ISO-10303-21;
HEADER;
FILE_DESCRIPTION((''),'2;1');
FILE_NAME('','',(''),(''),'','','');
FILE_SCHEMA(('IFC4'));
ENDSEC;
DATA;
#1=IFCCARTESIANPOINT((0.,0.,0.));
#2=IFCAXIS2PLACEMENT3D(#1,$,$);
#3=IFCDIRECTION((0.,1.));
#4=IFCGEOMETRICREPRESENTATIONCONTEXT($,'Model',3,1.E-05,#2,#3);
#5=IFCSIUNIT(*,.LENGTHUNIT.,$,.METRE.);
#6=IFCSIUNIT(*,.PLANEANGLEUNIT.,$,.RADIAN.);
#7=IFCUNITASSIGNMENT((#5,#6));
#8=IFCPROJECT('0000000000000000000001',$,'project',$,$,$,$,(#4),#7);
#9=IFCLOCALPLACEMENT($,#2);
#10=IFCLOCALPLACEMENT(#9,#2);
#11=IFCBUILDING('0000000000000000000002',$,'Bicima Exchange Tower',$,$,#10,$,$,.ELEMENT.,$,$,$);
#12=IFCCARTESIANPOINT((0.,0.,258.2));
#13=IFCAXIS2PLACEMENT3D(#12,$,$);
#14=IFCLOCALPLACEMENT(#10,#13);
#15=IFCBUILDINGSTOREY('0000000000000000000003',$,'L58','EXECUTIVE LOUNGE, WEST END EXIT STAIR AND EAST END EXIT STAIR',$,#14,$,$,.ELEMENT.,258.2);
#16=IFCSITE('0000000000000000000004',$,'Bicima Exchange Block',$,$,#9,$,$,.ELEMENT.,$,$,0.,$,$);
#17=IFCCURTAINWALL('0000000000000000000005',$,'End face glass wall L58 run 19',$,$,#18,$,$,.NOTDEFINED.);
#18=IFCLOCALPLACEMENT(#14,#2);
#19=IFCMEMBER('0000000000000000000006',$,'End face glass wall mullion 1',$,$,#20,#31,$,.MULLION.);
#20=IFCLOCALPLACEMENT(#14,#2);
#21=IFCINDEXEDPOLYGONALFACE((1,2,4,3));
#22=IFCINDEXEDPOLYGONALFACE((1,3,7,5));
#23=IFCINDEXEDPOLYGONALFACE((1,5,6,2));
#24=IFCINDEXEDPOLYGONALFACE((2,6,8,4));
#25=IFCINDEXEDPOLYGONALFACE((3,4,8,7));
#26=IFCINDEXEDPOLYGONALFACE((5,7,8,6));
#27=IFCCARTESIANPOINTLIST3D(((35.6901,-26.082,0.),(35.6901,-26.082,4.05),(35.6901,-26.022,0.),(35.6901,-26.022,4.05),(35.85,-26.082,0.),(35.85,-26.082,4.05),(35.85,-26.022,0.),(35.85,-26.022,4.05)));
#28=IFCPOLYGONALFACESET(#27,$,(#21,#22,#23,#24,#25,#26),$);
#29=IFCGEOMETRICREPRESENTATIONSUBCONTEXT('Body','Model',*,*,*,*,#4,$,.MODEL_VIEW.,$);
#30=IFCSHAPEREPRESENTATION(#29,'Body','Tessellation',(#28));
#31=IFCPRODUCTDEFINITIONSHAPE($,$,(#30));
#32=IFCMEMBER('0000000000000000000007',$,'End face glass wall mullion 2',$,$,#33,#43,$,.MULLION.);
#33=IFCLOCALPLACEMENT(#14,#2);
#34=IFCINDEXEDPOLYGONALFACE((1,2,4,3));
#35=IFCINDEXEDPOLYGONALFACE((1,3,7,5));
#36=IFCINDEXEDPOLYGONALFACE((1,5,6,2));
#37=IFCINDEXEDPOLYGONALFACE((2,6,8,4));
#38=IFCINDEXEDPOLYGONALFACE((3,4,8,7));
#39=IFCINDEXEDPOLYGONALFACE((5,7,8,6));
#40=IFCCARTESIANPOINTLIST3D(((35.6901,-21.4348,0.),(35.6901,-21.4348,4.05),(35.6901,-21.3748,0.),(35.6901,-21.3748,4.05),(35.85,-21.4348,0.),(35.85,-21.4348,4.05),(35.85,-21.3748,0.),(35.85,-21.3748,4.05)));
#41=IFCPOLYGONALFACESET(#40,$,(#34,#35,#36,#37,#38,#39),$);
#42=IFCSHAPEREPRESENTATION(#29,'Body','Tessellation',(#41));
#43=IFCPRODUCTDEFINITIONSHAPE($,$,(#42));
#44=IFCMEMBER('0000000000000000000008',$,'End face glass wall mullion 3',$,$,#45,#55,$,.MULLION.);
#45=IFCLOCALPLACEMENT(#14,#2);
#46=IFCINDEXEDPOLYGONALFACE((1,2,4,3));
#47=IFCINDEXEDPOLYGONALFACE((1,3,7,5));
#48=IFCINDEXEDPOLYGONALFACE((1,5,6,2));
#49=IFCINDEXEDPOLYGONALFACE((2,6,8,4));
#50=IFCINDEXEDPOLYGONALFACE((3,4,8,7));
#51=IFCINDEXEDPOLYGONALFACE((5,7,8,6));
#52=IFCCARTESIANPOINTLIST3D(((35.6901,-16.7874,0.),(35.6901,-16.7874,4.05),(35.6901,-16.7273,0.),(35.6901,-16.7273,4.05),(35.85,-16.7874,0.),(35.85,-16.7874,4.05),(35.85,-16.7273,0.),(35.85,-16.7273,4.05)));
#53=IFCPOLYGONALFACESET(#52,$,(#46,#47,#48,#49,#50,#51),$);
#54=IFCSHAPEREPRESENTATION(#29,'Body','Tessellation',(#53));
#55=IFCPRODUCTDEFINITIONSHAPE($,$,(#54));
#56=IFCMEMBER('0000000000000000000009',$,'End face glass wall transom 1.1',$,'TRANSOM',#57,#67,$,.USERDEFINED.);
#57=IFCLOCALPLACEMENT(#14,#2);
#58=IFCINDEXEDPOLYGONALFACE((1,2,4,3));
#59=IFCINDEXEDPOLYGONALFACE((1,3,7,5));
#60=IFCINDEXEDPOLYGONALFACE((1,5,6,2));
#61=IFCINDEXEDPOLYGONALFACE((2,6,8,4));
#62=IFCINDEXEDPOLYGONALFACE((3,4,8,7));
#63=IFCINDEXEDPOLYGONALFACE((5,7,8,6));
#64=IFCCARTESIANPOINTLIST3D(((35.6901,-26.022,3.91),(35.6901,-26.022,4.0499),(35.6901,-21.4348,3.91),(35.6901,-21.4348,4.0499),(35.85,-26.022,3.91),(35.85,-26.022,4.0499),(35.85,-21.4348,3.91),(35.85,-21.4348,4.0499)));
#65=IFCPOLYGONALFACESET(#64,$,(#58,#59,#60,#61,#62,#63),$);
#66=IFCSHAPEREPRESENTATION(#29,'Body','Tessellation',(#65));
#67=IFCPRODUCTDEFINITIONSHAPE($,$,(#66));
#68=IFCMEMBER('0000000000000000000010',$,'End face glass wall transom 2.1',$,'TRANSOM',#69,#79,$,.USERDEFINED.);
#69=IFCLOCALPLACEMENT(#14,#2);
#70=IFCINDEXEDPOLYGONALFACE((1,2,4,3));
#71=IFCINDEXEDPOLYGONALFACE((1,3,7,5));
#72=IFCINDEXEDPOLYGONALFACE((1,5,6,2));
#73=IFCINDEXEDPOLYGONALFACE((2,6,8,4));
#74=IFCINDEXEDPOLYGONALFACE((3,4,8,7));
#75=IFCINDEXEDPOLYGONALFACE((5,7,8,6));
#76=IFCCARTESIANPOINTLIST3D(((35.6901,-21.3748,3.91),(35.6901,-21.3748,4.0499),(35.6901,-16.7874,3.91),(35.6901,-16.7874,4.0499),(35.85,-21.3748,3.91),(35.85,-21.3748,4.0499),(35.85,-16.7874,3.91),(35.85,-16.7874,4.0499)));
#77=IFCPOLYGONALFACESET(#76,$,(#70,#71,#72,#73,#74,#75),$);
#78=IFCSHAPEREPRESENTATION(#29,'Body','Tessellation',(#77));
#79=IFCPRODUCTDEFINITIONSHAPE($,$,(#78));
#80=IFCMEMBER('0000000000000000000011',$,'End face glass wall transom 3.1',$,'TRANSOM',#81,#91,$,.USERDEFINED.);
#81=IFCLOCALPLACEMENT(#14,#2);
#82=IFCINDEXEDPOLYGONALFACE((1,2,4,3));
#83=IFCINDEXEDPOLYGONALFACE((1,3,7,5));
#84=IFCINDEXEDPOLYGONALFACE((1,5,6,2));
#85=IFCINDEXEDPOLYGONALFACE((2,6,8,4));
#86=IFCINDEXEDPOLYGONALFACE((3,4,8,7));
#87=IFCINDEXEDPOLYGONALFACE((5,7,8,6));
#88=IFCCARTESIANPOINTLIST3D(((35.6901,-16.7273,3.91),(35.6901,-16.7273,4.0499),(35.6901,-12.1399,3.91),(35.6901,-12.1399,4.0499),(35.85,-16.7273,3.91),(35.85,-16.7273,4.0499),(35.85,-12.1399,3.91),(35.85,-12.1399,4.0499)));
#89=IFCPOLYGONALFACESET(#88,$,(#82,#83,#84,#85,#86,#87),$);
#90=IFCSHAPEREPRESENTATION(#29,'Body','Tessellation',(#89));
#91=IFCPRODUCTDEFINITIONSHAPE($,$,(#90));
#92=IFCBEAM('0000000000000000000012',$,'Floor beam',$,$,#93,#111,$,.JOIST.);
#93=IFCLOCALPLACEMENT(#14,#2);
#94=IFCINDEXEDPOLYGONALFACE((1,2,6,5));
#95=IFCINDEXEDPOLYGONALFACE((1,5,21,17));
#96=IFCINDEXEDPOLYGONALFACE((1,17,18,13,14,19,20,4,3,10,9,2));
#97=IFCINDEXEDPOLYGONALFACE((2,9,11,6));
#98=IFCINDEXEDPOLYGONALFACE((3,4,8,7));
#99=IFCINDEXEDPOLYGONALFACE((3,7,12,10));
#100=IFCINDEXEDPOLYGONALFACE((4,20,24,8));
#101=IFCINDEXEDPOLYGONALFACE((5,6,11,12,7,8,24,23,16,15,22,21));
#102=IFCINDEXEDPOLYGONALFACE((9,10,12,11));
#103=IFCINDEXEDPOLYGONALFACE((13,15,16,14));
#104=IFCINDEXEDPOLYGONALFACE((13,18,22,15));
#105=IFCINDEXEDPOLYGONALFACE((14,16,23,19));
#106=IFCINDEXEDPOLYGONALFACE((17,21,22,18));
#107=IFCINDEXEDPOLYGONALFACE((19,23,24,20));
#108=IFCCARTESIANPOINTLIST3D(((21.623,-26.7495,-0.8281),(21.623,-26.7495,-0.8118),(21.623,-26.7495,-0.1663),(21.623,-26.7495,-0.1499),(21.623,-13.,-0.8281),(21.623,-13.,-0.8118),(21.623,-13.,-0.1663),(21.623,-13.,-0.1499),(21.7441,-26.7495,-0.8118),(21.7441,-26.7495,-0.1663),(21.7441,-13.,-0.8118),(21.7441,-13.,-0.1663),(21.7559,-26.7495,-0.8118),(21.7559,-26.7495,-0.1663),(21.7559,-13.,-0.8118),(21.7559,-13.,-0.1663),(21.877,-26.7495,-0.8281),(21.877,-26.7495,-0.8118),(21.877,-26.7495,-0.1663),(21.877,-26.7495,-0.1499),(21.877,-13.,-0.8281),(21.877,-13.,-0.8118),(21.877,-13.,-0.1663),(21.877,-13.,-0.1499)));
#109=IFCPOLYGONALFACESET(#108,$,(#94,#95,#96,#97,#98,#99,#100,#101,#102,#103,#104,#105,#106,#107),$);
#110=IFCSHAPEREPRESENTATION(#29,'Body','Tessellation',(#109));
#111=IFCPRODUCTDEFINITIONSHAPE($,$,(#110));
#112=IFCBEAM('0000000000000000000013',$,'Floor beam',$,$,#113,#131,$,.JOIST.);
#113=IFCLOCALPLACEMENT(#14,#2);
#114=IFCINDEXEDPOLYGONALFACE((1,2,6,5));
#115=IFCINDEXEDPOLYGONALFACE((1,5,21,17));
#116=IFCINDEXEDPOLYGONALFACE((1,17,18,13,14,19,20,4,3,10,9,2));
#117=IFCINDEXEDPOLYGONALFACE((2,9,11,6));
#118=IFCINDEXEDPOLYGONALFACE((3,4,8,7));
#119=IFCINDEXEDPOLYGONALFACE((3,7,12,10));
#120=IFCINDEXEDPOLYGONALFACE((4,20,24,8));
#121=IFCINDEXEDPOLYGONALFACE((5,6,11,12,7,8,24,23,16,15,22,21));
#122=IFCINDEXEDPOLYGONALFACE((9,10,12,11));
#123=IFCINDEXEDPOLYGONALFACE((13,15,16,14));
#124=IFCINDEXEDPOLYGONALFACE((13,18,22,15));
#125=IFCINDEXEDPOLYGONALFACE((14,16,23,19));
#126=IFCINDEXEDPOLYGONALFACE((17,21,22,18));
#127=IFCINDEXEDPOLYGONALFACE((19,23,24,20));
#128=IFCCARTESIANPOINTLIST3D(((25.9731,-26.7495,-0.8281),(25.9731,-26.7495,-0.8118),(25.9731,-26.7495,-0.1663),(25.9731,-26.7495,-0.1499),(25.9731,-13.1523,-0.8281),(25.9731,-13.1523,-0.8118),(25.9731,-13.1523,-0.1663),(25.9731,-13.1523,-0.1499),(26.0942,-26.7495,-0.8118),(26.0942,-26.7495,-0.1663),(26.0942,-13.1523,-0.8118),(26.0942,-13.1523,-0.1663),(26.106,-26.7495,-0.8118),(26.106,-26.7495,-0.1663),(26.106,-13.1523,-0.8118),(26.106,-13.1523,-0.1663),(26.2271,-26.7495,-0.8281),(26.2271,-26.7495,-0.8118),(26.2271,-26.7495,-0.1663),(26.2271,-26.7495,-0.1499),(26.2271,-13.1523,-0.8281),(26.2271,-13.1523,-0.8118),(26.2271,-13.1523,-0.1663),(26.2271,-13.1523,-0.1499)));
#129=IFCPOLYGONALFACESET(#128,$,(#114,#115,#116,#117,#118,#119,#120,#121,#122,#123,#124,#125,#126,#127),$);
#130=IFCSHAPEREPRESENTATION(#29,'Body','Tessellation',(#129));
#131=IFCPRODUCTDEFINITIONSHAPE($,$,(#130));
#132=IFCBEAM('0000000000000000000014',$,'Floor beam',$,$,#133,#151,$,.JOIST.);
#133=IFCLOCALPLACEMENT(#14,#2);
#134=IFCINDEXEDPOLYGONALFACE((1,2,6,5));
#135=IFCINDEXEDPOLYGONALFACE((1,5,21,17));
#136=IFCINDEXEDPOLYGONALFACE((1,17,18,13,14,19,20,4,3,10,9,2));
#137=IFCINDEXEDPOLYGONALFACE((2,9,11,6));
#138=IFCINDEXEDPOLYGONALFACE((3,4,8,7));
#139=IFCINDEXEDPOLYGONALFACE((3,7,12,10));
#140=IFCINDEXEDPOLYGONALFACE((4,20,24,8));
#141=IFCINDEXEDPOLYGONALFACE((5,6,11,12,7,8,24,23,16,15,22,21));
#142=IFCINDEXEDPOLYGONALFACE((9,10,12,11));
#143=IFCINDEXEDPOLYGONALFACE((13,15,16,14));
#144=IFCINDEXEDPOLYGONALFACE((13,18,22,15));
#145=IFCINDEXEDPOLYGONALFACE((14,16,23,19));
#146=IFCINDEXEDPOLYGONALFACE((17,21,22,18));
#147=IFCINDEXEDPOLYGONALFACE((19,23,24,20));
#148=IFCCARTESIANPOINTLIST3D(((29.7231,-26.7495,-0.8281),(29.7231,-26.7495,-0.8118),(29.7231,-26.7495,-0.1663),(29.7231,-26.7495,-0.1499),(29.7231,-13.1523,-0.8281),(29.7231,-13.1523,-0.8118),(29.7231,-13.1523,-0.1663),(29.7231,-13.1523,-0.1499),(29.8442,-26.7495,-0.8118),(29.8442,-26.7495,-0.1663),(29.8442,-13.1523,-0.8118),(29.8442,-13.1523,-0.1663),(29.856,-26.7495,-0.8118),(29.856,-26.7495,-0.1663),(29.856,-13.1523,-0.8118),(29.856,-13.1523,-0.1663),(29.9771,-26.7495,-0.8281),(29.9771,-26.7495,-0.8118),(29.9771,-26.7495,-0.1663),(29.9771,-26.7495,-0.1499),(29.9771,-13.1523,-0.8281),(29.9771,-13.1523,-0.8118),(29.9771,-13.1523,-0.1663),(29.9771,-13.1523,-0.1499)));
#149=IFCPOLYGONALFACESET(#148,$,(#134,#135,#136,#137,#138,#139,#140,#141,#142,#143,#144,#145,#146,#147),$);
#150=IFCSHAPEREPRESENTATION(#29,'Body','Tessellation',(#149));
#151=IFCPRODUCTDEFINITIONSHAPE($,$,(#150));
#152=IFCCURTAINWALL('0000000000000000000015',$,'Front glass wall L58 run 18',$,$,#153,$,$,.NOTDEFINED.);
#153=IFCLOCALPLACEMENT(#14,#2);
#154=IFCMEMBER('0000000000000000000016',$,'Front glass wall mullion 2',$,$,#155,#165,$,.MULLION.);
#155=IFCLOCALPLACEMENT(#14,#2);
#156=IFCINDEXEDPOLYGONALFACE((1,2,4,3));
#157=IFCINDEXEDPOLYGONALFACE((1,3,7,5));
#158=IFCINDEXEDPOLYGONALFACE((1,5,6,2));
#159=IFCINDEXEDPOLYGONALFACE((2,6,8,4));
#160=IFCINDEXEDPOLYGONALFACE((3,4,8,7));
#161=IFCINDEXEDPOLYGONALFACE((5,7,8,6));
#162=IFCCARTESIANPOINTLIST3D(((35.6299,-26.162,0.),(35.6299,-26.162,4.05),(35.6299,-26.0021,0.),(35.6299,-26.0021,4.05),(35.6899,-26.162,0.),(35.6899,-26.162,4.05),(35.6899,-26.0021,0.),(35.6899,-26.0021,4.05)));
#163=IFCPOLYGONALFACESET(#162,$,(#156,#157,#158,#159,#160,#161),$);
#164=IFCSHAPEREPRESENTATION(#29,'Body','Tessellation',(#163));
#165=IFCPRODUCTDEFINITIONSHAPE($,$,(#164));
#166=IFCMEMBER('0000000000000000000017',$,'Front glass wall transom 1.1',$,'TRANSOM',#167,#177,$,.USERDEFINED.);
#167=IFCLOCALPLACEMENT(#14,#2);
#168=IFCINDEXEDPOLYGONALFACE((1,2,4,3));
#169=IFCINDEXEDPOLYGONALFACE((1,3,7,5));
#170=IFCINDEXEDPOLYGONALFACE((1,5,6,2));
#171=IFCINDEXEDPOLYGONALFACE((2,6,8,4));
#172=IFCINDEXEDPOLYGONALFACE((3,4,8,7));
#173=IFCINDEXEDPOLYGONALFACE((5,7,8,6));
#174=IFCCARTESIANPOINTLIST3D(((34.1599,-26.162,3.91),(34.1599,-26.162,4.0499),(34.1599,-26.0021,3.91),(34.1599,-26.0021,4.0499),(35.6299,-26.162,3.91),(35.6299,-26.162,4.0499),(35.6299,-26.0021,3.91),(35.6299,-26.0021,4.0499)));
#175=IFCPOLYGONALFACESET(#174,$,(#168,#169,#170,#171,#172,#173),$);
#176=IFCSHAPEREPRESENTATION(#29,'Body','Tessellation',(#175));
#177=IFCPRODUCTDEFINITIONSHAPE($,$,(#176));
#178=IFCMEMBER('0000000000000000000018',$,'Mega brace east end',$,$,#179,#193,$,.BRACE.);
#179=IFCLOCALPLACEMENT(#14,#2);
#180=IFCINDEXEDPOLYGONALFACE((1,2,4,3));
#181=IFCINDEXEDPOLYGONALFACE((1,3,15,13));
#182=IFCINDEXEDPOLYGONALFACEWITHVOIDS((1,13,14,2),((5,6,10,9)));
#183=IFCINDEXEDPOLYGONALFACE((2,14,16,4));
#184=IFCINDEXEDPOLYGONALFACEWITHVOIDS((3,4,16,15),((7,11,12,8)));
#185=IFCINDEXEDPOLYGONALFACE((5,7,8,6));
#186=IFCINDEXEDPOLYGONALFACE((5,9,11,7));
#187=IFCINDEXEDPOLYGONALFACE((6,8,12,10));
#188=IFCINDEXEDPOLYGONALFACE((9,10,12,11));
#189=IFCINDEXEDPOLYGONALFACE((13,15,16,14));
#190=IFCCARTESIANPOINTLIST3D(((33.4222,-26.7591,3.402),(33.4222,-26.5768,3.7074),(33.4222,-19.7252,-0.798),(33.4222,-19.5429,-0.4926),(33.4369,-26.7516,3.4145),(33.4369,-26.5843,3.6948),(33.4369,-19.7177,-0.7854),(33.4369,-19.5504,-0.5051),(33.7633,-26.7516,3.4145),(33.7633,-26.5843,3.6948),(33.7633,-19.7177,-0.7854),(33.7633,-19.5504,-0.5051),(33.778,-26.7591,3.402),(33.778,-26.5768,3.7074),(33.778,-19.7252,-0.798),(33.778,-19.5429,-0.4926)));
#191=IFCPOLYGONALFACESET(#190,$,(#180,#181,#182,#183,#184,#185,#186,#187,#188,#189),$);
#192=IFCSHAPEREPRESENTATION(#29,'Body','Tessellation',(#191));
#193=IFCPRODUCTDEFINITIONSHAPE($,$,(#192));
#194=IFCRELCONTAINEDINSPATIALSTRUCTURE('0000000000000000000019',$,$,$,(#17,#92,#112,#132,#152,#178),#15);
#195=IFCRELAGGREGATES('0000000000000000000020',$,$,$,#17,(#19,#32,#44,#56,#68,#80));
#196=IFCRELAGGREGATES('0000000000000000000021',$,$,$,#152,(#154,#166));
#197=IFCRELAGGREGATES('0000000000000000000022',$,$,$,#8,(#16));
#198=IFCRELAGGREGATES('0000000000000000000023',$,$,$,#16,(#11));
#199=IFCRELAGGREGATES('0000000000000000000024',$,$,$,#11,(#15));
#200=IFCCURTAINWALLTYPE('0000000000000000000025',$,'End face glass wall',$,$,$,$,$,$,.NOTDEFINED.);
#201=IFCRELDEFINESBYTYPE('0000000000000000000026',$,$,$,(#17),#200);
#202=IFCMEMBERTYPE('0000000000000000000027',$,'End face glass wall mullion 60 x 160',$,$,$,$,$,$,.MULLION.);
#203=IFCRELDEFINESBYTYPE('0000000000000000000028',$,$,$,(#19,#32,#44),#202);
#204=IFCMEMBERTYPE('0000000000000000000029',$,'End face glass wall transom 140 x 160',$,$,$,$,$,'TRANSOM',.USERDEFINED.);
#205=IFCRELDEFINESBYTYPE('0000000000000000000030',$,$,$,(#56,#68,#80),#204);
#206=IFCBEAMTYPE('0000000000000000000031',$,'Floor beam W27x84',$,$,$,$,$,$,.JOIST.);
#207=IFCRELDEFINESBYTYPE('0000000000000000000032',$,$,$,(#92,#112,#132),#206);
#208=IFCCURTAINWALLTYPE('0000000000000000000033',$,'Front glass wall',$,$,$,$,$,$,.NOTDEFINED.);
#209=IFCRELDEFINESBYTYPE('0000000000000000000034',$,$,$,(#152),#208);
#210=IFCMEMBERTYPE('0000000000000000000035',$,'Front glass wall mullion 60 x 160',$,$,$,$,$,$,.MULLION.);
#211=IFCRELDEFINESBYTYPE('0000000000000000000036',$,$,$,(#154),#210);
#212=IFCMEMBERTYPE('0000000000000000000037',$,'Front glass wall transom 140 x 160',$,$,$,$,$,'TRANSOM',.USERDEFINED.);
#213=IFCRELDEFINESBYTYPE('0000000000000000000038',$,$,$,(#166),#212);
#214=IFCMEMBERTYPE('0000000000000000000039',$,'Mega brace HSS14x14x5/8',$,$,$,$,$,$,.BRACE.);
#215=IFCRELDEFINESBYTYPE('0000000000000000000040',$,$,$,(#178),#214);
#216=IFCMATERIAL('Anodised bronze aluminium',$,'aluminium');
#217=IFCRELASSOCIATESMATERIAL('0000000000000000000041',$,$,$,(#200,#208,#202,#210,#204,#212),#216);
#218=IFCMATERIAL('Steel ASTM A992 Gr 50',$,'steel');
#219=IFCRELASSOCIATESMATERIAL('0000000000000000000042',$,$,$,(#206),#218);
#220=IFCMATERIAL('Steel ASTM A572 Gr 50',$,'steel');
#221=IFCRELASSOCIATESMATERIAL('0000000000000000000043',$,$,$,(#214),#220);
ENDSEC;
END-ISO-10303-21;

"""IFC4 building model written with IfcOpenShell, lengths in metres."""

from ifc_helpers import new_model, si_unit, direction, frame, origin, origin_2d, place, context, subcontext, project, spatial, rectangle, hollow_rectangle, i_section, extrude, material, material_profile, profile_set, type_object, element, aggregate, save


model = new_model("IFC4")

# Units and contexts
model_context = context("Model", 3, precision=1e-05, world=origin(), true_north=direction((0.0, 1.0)))
body_context = subcontext(model_context, "Body", "Model", "MODEL_VIEW")
ifc_project = project(units=[si_unit("LENGTHUNIT", "METRE"), si_unit("PLANEANGLEUNIT", "RADIAN")], contexts=[model_context])

# Site, building, storey
site_placement = place(None, origin())
site = spatial("IfcSite", under=ifc_project, at=site_placement, Name="Bicima Exchange Block", CompositionType="ELEMENT", RefElevation=0.0)
building_placement = place(site_placement, origin())
building = spatial("IfcBuilding", under=site, at=building_placement, Name="Bicima Exchange Tower", CompositionType="ELEMENT")
storey_placement = place(building_placement, frame((0.0, 0.0, 258.2)))
storey = spatial("IfcBuildingStorey", under=building, at=storey_placement, Name="L58", Description="EXECUTIVE LOUNGE, WEST END EXIT STAIR AND EAST END EXIT STAIR", CompositionType="ELEMENT", Elevation=258.2)

# Curtain wall, members
ifc_material_1 = material(Name="Anodised bronze aluminium", Category="aluminium")
curtain_wall_type_1 = type_object("IfcCurtainWallType", Name="End face glass wall", PredefinedType="NOTDEFINED", material=ifc_material_1)
curtain_wall_1_placement = place(storey_placement, origin())
curtain_wall_1 = element("IfcCurtainWall", 1, at=curtain_wall_1_placement, inside=storey, type_object=curtain_wall_type_1, Name="End face glass wall L58 run 19", PredefinedType="NOTDEFINED")
ifc_material_profile_1 = material_profile(ifc_material_1, rectangle(XDim=0.1599, YDim=0.0601, at=origin_2d()))
ifc_profile_set_1 = profile_set([ifc_material_profile_1], Name="Anodised bronze aluminium")
member_type_1 = type_object("IfcMemberType", Name="End face glass wall mullion 60 x 160", PredefinedType="MULLION", material=ifc_profile_set_1)
member_1_placement = place(storey_placement, frame((35.77, -26.052, 0.0), z_axis=(0.0, 0.0, 1.0), x_axis=(-1.0, 0.0, 0.0)))
member_1 = element("IfcMember", 2, at=member_1_placement, type_object=member_type_1, Name="End face glass wall mullion 1", PredefinedType="MULLION", context=body_context, shape_type="SweptSolid", body=[
    extrude(rectangle(XDim=0.1599, YDim=0.0601, at=origin_2d()), origin(), (0.0, 0.0, 1.0), 4.05),
])
member_2_placement = place(storey_placement, frame((35.77, -21.4048, 0.0), z_axis=(0.0, 0.0, 1.0), x_axis=(-1.0, 0.0, 0.0)))
member_2 = element("IfcMember", 3, at=member_2_placement, type_object=member_type_1, Name="End face glass wall mullion 2", PredefinedType="MULLION", context=body_context, shape_type="SweptSolid", body=[
    extrude(rectangle(XDim=0.1599, YDim=0.0601, at=origin_2d()), origin(), (0.0, 0.0, 1.0), 4.05),
])
member_3_placement = place(storey_placement, frame((35.77, -16.7573, 0.0), z_axis=(0.0, 0.0, 1.0), x_axis=(-1.0, 0.0, 0.0)))
member_3 = element("IfcMember", 4, at=member_3_placement, type_object=member_type_1, Name="End face glass wall mullion 3", PredefinedType="MULLION", context=body_context, shape_type="SweptSolid", body=[
    extrude(rectangle(XDim=0.1599, YDim=0.0601, at=origin_2d()), origin(), (0.0, 0.0, 1.0), 4.05),
])
ifc_material_profile_2 = material_profile(ifc_material_1, rectangle(XDim=0.1599, YDim=0.1399, at=origin_2d()))
ifc_profile_set_2 = profile_set([ifc_material_profile_2], Name="Anodised bronze aluminium")
member_type_2 = type_object("IfcMemberType", Name="End face glass wall transom 140 x 160", ElementType="TRANSOM", PredefinedType="USERDEFINED", material=ifc_profile_set_2)
member_4_placement = place(storey_placement, frame((35.77, -26.022, 3.98), z_axis=(0.0, 1.0, 0.0), x_axis=(-1.0, 0.0, 0.0)))
member_4 = element("IfcMember", 5, at=member_4_placement, type_object=member_type_2, Name="End face glass wall transom 1.1", ObjectType="TRANSOM", PredefinedType="USERDEFINED", context=body_context, shape_type="SweptSolid", body=[
    extrude(rectangle(XDim=0.1599, YDim=0.1399, at=origin_2d()), origin(), (0.0, 0.0, 1.0), 4.5872),
])
member_5_placement = place(storey_placement, frame((35.77, -21.3748, 3.98), z_axis=(0.0, 1.0, 0.0), x_axis=(-1.0, 0.0, 0.0)))
member_5 = element("IfcMember", 6, at=member_5_placement, type_object=member_type_2, Name="End face glass wall transom 2.1", ObjectType="TRANSOM", PredefinedType="USERDEFINED", context=body_context, shape_type="SweptSolid", body=[
    extrude(rectangle(XDim=0.1599, YDim=0.1399, at=origin_2d()), origin(), (0.0, 0.0, 1.0), 4.5874),
])
member_6_placement = place(storey_placement, frame((35.77, -16.7273, 3.98), z_axis=(0.0, 1.0, 0.0), x_axis=(-1.0, 0.0, 0.0)))
member_6 = element("IfcMember", 7, at=member_6_placement, type_object=member_type_2, Name="End face glass wall transom 3.1", ObjectType="TRANSOM", PredefinedType="USERDEFINED", context=body_context, shape_type="SweptSolid", body=[
    extrude(rectangle(XDim=0.1599, YDim=0.1399, at=origin_2d()), origin(), (0.0, 0.0, 1.0), 4.5874),
])

# Beams
ifc_material_2 = material(Name="Steel ASTM A992 Gr 50", Category="steel")
ifc_material_profile_3 = material_profile(ifc_material_2, i_section(OverallWidth=0.2539, OverallDepth=0.6782, WebThickness=0.0117, FlangeThickness=0.0164, at=origin_2d()))
ifc_profile_set_3 = profile_set([ifc_material_profile_3], Name="Steel ASTM A992 Gr 50")
beam_type = type_object("IfcBeamType", Name="Floor beam W27x84", PredefinedType="JOIST", material=ifc_profile_set_3)
beam_placement = place(storey_placement, frame((21.75, -13.0, -0.489), z_axis=(0.0, -1.0, 0.0), x_axis=(1.0, 0.0, 0.0)))
element("IfcBeam", 8, at=beam_placement, inside=storey, type_object=beam_type, Name="Floor beam", PredefinedType="JOIST", context=body_context, shape_type="SweptSolid", body=[
    extrude(i_section(OverallWidth=0.2539, OverallDepth=0.6782, WebThickness=0.0117, FlangeThickness=0.0164, at=origin_2d()), origin(), (0.0, 0.0, 1.0), 13.7495),
])
for number, where, z_axis, x_axis, name in (
    (9, (26.1001, -13.1523, -0.489), (0.0, -1.0, 0.0), (1.0, 0.0, 0.0), "Floor beam"),
    (10, (29.8501, -13.1523, -0.489), (0.0, -1.0, 0.0), (1.0, 0.0, 0.0), "Floor beam"),
):
    element("IfcBeam", number, at=place(storey_placement, frame(where, z_axis=z_axis, x_axis=x_axis)), inside=storey, type_object=beam_type, Name=name, PredefinedType="JOIST", context=body_context, shape_type="SweptSolid", body=[
        extrude(i_section(OverallWidth=0.2539, OverallDepth=0.6782, WebThickness=0.0117, FlangeThickness=0.0164, at=origin_2d()), origin(), (0.0, 0.0, 1.0), 13.5972),
    ])

# Curtain wall, members
curtain_wall_type_2 = type_object("IfcCurtainWallType", Name="Front glass wall", PredefinedType="NOTDEFINED", material=ifc_material_1)
curtain_wall_2_placement = place(storey_placement, origin())
curtain_wall_2 = element("IfcCurtainWall", 11, at=curtain_wall_2_placement, inside=storey, type_object=curtain_wall_type_2, Name="Front glass wall L58 run 18", PredefinedType="NOTDEFINED")
member_type_3 = type_object("IfcMemberType", Name="Front glass wall mullion 60 x 160", PredefinedType="MULLION", material=ifc_profile_set_1)
member_7_placement = place(storey_placement, frame((35.6599, -26.082, 0.0), z_axis=(0.0, 0.0, 1.0), x_axis=(0.0, 1.0, 0.0)))
member_7 = element("IfcMember", 12, at=member_7_placement, type_object=member_type_3, Name="Front glass wall mullion 2", PredefinedType="MULLION", context=body_context, shape_type="SweptSolid", body=[
    extrude(rectangle(XDim=0.1599, YDim=0.0601, at=origin_2d()), origin(), (0.0, 0.0, 1.0), 4.05),
])
member_type_4 = type_object("IfcMemberType", Name="Front glass wall transom 140 x 160", ElementType="TRANSOM", PredefinedType="USERDEFINED", material=ifc_profile_set_2)
member_8_placement = place(storey_placement, frame((34.1599, -26.082, 3.98), z_axis=(1.0, 0.0, 0.0), x_axis=(0.0, 1.0, 0.0)))
member_8 = element("IfcMember", 13, at=member_8_placement, type_object=member_type_4, Name="Front glass wall transom 1.1", ObjectType="TRANSOM", PredefinedType="USERDEFINED", context=body_context, shape_type="SweptSolid", body=[
    extrude(rectangle(XDim=0.1599, YDim=0.1399, at=origin_2d()), origin(), (0.0, 0.0, 1.0), 1.47),
])

# Member
ifc_material_3 = material(Name="Steel ASTM A572 Gr 50", Category="steel")
ifc_material_profile_4 = material_profile(ifc_material_3, hollow_rectangle(XDim=0.3557, YDim=0.3557, WallThickness=0.0146, at=origin_2d()))
ifc_profile_set_4 = profile_set([ifc_material_profile_4], Name="Steel ASTM A572 Gr 50")
member_type_5 = type_object("IfcMemberType", Name="Mega brace HSS14x14x5/8", PredefinedType="BRACE", material=ifc_profile_set_4)
member_9_placement = place(storey_placement, frame((33.6001, -19.634, -0.6453), z_axis=(0.0, -0.85859, 0.512663), x_axis=(1.0, 0.0, 0.0)))
element("IfcMember", 14, at=member_9_placement, inside=storey, type_object=member_type_5, Name="Mega brace east end", PredefinedType="BRACE", context=body_context, shape_type="SweptSolid", body=[
    extrude(hollow_rectangle(XDim=0.3557, YDim=0.3557, WallThickness=0.0146, at=origin_2d()), origin(), (0.0, 0.0, 1.0), 8.1924),
])

aggregate(curtain_wall_1, [member_1, member_2, member_3, member_4, member_5, member_6])
aggregate(curtain_wall_2, [member_7, member_8])

save(model, "model.ifc")
